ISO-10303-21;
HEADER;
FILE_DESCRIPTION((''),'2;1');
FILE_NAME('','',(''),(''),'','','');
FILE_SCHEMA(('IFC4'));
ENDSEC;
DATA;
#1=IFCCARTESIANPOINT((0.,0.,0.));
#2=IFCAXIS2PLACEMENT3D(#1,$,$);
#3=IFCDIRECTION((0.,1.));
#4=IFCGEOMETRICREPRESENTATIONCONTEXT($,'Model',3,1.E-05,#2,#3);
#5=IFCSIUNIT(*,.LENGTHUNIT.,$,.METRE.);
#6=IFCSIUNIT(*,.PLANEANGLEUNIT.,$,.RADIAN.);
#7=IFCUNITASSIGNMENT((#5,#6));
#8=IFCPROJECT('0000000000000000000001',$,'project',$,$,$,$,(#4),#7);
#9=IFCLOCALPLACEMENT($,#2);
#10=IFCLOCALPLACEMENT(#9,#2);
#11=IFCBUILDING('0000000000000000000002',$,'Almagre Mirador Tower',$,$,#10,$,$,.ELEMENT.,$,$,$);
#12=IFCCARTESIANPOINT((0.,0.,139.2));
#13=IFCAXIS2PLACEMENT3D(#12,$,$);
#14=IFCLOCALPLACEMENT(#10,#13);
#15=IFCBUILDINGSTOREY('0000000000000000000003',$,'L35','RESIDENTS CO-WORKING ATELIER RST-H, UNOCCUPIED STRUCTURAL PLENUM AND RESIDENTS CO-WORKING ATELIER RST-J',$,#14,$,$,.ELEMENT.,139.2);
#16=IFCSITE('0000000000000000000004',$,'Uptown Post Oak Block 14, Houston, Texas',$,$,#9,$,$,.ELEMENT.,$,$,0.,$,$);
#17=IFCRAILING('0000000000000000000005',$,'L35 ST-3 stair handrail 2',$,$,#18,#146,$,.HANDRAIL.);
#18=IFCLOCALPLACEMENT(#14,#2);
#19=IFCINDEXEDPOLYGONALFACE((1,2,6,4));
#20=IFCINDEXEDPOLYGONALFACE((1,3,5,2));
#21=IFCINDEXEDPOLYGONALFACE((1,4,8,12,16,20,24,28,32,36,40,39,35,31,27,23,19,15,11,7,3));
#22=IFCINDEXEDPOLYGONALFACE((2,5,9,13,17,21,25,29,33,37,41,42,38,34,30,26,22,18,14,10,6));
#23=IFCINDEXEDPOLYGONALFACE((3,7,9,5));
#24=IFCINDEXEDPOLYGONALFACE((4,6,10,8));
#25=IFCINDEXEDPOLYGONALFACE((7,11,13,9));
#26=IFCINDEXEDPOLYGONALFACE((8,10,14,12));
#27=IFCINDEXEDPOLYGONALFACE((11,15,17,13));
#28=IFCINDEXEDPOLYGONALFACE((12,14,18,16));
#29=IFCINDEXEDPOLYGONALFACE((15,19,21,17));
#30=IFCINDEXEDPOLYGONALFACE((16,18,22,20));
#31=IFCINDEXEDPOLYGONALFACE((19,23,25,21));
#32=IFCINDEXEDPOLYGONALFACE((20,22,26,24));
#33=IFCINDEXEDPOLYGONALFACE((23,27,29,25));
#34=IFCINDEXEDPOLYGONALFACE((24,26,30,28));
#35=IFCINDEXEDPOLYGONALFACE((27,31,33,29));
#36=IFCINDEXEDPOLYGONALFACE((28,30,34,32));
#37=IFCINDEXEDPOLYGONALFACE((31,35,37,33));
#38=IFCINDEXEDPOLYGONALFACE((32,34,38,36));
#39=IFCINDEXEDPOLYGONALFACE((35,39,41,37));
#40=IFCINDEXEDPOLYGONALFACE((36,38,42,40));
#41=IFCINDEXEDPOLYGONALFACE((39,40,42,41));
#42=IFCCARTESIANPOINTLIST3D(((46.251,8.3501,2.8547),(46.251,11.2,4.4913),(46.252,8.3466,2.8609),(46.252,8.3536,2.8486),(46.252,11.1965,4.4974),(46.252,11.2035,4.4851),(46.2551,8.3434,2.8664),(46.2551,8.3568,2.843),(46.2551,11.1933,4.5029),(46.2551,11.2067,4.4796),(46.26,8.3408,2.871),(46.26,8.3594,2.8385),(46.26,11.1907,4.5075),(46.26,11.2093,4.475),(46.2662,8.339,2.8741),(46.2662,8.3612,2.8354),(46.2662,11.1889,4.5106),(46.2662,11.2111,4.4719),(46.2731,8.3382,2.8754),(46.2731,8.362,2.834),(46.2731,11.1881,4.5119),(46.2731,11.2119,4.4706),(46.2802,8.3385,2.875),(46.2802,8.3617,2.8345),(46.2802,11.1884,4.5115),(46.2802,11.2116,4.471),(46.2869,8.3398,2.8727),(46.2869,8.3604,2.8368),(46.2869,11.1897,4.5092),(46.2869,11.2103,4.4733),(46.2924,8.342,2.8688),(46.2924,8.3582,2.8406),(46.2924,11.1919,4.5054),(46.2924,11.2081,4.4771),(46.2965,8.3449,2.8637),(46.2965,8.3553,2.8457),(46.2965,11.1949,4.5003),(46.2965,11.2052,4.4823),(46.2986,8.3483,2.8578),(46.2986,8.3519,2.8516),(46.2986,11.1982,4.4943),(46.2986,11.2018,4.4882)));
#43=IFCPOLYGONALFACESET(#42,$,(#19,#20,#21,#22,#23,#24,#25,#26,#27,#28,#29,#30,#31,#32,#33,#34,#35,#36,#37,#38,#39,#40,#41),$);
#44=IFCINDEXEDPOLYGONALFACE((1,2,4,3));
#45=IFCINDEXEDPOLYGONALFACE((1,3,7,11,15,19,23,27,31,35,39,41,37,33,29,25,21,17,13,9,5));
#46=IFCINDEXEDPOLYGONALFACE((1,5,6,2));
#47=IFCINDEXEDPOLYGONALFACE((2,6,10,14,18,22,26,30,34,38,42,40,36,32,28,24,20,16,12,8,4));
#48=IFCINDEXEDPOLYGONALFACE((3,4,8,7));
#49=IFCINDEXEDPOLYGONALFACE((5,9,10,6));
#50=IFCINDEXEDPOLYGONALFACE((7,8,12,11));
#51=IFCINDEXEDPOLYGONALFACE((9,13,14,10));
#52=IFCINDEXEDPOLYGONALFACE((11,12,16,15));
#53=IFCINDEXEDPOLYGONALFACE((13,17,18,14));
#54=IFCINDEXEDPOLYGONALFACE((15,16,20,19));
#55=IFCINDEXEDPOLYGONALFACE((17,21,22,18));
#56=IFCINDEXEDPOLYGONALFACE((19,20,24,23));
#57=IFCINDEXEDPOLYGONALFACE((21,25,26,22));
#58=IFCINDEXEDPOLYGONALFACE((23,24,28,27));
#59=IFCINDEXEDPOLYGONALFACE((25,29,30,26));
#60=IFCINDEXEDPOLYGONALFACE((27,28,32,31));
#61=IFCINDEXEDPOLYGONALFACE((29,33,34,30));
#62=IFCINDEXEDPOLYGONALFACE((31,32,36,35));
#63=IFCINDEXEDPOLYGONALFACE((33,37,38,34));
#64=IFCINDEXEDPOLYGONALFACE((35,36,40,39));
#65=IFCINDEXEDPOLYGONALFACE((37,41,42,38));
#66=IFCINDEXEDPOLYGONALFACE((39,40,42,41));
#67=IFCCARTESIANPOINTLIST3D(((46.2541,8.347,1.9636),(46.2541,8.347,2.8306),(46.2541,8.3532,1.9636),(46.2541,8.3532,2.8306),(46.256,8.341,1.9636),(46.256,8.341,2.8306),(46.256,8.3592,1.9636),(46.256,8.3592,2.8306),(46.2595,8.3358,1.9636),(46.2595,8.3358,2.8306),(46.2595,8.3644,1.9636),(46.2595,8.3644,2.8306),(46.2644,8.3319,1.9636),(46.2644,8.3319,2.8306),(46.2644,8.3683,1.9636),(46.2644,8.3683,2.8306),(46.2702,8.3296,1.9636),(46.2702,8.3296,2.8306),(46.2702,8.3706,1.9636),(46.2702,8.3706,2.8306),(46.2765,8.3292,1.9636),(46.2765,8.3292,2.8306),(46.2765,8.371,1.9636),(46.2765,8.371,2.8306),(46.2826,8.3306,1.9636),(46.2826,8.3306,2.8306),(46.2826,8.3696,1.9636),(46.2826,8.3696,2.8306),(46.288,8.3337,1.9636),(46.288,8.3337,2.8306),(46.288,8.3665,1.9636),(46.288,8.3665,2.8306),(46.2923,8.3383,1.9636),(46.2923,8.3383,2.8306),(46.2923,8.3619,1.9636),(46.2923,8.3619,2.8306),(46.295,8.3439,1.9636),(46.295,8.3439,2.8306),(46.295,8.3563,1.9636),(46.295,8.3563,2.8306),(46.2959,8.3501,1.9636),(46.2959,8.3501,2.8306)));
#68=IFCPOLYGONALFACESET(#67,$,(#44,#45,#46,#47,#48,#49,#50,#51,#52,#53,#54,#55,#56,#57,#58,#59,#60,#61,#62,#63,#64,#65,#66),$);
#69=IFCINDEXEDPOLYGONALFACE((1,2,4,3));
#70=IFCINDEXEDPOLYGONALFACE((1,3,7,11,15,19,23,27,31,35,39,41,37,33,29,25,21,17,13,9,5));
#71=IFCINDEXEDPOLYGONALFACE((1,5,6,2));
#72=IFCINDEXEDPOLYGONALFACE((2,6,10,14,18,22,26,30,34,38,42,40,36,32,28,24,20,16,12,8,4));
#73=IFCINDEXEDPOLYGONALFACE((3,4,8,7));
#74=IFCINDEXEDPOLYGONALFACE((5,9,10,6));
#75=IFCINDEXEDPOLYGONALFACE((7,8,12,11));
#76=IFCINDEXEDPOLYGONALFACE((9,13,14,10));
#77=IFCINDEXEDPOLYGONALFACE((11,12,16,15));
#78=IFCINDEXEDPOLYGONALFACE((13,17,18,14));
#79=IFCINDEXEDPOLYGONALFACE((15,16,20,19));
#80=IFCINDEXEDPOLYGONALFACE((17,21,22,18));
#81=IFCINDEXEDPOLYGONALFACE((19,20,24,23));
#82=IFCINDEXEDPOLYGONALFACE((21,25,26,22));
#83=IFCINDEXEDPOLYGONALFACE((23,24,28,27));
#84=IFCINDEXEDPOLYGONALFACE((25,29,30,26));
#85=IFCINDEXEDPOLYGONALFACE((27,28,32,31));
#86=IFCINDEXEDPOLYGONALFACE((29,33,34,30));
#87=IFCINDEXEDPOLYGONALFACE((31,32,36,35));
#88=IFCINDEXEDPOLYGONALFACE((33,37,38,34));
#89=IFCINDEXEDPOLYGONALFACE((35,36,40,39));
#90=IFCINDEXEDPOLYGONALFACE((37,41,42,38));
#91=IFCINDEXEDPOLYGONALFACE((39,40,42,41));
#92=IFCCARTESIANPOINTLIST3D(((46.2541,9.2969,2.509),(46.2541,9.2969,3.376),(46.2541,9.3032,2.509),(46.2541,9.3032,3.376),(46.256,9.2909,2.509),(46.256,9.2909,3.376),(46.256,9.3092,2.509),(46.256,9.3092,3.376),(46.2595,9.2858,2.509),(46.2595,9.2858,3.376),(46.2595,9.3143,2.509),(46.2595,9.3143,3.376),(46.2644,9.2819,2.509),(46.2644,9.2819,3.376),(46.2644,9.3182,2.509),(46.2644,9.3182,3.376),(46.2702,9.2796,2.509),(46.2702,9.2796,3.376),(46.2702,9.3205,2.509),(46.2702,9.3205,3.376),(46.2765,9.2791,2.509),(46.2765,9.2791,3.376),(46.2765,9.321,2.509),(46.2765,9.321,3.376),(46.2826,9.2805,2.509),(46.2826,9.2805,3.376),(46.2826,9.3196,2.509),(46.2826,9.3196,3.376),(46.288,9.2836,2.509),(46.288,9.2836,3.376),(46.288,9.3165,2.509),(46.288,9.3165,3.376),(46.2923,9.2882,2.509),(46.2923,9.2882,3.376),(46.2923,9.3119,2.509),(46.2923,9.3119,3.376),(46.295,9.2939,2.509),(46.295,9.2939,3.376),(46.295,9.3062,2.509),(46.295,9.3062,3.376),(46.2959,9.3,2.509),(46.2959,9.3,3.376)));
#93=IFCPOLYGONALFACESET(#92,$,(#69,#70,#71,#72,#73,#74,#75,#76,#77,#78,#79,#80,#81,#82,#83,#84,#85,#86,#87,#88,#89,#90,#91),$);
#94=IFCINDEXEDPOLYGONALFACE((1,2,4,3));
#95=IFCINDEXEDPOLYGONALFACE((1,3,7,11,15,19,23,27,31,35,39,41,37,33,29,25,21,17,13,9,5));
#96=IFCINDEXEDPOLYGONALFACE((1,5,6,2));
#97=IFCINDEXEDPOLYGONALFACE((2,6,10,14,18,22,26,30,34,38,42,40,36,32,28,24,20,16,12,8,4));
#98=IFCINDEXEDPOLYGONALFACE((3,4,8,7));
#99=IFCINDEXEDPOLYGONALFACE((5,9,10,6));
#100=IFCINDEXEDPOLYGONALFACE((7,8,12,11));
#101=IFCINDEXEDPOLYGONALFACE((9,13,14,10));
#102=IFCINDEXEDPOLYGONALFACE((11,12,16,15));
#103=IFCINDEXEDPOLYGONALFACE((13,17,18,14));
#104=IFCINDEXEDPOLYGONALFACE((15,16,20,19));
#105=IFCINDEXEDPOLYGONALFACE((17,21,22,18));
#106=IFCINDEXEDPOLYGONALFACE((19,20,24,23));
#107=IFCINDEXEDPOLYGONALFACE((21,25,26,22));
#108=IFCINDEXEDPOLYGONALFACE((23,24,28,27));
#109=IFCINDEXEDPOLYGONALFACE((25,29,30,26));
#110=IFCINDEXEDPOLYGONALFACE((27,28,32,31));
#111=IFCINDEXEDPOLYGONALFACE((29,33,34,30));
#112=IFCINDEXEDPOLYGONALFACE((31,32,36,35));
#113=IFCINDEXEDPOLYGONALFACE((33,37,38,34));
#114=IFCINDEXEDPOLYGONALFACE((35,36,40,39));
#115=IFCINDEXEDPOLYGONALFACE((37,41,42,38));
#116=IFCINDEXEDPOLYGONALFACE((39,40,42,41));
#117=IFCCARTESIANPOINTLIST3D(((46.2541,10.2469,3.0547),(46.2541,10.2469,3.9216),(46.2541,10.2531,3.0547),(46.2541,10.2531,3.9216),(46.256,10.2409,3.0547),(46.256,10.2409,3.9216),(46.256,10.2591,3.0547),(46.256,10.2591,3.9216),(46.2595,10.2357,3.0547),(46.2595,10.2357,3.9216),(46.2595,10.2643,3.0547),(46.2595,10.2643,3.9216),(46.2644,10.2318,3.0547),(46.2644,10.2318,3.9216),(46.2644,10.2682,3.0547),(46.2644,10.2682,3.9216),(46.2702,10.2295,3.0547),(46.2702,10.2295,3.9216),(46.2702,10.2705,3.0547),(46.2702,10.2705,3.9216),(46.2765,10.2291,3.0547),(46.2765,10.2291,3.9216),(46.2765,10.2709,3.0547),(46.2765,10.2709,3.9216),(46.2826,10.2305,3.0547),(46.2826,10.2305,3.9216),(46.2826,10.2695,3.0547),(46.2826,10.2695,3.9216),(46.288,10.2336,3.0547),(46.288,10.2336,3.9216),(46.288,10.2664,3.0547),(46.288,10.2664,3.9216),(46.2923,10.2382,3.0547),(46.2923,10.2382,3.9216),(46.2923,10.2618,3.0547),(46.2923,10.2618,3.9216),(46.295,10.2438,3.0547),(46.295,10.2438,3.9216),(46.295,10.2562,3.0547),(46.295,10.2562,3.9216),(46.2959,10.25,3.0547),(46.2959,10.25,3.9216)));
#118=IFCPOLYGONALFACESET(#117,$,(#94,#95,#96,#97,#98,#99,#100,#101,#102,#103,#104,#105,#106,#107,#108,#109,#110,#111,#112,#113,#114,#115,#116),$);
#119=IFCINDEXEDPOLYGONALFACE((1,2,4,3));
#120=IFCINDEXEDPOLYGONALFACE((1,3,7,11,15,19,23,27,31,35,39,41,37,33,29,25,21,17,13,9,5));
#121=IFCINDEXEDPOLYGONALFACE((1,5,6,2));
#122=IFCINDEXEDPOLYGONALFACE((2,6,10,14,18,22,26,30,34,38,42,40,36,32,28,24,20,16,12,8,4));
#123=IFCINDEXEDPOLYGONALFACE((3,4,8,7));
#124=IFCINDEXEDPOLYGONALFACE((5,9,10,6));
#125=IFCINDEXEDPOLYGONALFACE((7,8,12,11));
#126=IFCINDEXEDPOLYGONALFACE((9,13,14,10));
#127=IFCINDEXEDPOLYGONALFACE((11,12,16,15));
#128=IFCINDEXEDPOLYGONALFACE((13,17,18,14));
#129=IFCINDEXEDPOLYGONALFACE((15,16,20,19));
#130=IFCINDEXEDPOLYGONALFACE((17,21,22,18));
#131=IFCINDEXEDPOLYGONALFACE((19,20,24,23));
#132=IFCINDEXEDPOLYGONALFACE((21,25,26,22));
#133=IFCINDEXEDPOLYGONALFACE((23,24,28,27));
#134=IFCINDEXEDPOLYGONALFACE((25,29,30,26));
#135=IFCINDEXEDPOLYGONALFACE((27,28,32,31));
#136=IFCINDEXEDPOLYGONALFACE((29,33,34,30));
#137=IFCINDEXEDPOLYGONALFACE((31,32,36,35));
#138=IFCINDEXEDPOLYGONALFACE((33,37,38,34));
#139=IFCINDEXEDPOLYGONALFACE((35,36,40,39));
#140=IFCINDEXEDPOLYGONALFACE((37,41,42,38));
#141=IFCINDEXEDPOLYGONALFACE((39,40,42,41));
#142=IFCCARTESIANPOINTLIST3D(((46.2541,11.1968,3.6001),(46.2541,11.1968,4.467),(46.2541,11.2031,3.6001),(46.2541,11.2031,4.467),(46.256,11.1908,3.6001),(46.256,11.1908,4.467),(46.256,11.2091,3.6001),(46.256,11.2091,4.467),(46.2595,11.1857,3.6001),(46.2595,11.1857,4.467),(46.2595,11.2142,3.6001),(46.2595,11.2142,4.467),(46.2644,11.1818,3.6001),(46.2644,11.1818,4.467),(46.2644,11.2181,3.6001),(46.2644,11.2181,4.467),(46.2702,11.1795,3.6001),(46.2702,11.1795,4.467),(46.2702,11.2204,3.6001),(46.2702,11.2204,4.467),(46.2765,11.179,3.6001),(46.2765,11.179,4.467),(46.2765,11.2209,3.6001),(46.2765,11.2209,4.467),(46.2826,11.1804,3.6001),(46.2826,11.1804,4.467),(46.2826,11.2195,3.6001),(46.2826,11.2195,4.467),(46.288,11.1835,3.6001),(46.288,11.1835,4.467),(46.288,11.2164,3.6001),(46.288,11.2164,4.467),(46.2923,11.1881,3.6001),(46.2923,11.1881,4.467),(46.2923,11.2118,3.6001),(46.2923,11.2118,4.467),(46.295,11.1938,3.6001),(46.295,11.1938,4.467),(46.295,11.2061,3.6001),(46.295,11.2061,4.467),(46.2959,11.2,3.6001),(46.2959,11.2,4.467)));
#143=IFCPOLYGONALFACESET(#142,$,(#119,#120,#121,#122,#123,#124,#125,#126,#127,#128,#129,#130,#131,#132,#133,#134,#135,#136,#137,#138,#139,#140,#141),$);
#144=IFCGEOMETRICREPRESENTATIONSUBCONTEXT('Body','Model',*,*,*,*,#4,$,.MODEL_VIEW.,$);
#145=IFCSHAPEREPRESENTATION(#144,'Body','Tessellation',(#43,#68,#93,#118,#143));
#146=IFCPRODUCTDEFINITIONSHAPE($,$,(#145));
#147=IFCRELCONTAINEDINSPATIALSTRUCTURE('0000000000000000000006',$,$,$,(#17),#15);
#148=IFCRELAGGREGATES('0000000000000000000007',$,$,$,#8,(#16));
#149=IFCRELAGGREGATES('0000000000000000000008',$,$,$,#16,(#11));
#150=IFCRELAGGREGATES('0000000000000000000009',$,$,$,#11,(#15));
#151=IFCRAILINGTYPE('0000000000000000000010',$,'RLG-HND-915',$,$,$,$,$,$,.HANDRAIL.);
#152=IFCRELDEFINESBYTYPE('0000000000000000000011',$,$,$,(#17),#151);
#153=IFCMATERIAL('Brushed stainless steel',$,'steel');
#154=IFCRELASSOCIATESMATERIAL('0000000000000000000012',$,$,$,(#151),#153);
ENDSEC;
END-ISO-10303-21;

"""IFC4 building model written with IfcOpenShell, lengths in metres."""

from ifc_helpers import new_model, si_unit, direction, frame, origin, origin_2d, place, context, subcontext, project, spatial, circle, extrude, material, type_object, element, save


model = new_model("IFC4")

# Units and contexts
model_context = context("Model", 3, precision=1e-05, world=origin(), true_north=direction((0.0, 1.0)))
body_context = subcontext(model_context, "Body", "Model", "MODEL_VIEW")
ifc_project = project(units=[si_unit("LENGTHUNIT", "METRE"), si_unit("PLANEANGLEUNIT", "RADIAN")], contexts=[model_context])

# Site, building, storey
site_placement = place(None, origin())
site = spatial("IfcSite", under=ifc_project, at=site_placement, Name="Uptown Post Oak Block 14, Houston, Texas", CompositionType="ELEMENT", RefElevation=0.0)
building_placement = place(site_placement, origin())
building = spatial("IfcBuilding", under=site, at=building_placement, Name="Almagre Mirador Tower", CompositionType="ELEMENT")
storey_placement = place(building_placement, frame((0.0, 0.0, 139.2)))
storey = spatial("IfcBuildingStorey", under=building, at=storey_placement, Name="L35", Description="RESIDENTS CO-WORKING ATELIER RST-H, UNOCCUPIED STRUCTURAL PLENUM AND RESIDENTS CO-WORKING ATELIER RST-J", CompositionType="ELEMENT", Elevation=139.2)

# Railing
ifc_material_1 = material(Name="Brushed stainless steel", Category="steel")
railing_type_1 = type_object("IfcRailingType", Name="RLG-HND-915", PredefinedType="HANDRAIL", material=ifc_material_1)
railing_1_placement = place(storey_placement, frame((46.2749, 8.3501, 1.9636)))
element("IfcRailing", 1, at=railing_1_placement, inside=storey, type_object=railing_type_1, Name="L35 ST-3 stair handrail 2", PredefinedType="HANDRAIL", context=body_context, shape_type="SweptSolid", body=[
    extrude(circle(Radius=0.0239, at=origin_2d()), frame((0.0, 0.0, 0.8911), z_axis=(0.0, 0.867194, 0.49797), x_axis=(-1.0, 0.0, 0.0)), (0.0, 0.0, 1.0), 3.2864),
    extrude(circle(Radius=0.021, at=origin_2d()), origin(), (0.0, 0.0, 1.0), 0.8669),
    extrude(circle(Radius=0.021, at=origin_2d()), frame((0.0, 0.95, 0.5454)), (0.0, 0.0, 1.0), 0.8669),
    extrude(circle(Radius=0.021, at=origin_2d()), frame((0.0, 1.8999, 1.0911)), (0.0, 0.0, 1.0), 0.8669),
    extrude(circle(Radius=0.021, at=origin_2d()), frame((0.0, 2.8499, 1.6365)), (0.0, 0.0, 1.0), 0.8669),
])

save(model, "model.ifc")
